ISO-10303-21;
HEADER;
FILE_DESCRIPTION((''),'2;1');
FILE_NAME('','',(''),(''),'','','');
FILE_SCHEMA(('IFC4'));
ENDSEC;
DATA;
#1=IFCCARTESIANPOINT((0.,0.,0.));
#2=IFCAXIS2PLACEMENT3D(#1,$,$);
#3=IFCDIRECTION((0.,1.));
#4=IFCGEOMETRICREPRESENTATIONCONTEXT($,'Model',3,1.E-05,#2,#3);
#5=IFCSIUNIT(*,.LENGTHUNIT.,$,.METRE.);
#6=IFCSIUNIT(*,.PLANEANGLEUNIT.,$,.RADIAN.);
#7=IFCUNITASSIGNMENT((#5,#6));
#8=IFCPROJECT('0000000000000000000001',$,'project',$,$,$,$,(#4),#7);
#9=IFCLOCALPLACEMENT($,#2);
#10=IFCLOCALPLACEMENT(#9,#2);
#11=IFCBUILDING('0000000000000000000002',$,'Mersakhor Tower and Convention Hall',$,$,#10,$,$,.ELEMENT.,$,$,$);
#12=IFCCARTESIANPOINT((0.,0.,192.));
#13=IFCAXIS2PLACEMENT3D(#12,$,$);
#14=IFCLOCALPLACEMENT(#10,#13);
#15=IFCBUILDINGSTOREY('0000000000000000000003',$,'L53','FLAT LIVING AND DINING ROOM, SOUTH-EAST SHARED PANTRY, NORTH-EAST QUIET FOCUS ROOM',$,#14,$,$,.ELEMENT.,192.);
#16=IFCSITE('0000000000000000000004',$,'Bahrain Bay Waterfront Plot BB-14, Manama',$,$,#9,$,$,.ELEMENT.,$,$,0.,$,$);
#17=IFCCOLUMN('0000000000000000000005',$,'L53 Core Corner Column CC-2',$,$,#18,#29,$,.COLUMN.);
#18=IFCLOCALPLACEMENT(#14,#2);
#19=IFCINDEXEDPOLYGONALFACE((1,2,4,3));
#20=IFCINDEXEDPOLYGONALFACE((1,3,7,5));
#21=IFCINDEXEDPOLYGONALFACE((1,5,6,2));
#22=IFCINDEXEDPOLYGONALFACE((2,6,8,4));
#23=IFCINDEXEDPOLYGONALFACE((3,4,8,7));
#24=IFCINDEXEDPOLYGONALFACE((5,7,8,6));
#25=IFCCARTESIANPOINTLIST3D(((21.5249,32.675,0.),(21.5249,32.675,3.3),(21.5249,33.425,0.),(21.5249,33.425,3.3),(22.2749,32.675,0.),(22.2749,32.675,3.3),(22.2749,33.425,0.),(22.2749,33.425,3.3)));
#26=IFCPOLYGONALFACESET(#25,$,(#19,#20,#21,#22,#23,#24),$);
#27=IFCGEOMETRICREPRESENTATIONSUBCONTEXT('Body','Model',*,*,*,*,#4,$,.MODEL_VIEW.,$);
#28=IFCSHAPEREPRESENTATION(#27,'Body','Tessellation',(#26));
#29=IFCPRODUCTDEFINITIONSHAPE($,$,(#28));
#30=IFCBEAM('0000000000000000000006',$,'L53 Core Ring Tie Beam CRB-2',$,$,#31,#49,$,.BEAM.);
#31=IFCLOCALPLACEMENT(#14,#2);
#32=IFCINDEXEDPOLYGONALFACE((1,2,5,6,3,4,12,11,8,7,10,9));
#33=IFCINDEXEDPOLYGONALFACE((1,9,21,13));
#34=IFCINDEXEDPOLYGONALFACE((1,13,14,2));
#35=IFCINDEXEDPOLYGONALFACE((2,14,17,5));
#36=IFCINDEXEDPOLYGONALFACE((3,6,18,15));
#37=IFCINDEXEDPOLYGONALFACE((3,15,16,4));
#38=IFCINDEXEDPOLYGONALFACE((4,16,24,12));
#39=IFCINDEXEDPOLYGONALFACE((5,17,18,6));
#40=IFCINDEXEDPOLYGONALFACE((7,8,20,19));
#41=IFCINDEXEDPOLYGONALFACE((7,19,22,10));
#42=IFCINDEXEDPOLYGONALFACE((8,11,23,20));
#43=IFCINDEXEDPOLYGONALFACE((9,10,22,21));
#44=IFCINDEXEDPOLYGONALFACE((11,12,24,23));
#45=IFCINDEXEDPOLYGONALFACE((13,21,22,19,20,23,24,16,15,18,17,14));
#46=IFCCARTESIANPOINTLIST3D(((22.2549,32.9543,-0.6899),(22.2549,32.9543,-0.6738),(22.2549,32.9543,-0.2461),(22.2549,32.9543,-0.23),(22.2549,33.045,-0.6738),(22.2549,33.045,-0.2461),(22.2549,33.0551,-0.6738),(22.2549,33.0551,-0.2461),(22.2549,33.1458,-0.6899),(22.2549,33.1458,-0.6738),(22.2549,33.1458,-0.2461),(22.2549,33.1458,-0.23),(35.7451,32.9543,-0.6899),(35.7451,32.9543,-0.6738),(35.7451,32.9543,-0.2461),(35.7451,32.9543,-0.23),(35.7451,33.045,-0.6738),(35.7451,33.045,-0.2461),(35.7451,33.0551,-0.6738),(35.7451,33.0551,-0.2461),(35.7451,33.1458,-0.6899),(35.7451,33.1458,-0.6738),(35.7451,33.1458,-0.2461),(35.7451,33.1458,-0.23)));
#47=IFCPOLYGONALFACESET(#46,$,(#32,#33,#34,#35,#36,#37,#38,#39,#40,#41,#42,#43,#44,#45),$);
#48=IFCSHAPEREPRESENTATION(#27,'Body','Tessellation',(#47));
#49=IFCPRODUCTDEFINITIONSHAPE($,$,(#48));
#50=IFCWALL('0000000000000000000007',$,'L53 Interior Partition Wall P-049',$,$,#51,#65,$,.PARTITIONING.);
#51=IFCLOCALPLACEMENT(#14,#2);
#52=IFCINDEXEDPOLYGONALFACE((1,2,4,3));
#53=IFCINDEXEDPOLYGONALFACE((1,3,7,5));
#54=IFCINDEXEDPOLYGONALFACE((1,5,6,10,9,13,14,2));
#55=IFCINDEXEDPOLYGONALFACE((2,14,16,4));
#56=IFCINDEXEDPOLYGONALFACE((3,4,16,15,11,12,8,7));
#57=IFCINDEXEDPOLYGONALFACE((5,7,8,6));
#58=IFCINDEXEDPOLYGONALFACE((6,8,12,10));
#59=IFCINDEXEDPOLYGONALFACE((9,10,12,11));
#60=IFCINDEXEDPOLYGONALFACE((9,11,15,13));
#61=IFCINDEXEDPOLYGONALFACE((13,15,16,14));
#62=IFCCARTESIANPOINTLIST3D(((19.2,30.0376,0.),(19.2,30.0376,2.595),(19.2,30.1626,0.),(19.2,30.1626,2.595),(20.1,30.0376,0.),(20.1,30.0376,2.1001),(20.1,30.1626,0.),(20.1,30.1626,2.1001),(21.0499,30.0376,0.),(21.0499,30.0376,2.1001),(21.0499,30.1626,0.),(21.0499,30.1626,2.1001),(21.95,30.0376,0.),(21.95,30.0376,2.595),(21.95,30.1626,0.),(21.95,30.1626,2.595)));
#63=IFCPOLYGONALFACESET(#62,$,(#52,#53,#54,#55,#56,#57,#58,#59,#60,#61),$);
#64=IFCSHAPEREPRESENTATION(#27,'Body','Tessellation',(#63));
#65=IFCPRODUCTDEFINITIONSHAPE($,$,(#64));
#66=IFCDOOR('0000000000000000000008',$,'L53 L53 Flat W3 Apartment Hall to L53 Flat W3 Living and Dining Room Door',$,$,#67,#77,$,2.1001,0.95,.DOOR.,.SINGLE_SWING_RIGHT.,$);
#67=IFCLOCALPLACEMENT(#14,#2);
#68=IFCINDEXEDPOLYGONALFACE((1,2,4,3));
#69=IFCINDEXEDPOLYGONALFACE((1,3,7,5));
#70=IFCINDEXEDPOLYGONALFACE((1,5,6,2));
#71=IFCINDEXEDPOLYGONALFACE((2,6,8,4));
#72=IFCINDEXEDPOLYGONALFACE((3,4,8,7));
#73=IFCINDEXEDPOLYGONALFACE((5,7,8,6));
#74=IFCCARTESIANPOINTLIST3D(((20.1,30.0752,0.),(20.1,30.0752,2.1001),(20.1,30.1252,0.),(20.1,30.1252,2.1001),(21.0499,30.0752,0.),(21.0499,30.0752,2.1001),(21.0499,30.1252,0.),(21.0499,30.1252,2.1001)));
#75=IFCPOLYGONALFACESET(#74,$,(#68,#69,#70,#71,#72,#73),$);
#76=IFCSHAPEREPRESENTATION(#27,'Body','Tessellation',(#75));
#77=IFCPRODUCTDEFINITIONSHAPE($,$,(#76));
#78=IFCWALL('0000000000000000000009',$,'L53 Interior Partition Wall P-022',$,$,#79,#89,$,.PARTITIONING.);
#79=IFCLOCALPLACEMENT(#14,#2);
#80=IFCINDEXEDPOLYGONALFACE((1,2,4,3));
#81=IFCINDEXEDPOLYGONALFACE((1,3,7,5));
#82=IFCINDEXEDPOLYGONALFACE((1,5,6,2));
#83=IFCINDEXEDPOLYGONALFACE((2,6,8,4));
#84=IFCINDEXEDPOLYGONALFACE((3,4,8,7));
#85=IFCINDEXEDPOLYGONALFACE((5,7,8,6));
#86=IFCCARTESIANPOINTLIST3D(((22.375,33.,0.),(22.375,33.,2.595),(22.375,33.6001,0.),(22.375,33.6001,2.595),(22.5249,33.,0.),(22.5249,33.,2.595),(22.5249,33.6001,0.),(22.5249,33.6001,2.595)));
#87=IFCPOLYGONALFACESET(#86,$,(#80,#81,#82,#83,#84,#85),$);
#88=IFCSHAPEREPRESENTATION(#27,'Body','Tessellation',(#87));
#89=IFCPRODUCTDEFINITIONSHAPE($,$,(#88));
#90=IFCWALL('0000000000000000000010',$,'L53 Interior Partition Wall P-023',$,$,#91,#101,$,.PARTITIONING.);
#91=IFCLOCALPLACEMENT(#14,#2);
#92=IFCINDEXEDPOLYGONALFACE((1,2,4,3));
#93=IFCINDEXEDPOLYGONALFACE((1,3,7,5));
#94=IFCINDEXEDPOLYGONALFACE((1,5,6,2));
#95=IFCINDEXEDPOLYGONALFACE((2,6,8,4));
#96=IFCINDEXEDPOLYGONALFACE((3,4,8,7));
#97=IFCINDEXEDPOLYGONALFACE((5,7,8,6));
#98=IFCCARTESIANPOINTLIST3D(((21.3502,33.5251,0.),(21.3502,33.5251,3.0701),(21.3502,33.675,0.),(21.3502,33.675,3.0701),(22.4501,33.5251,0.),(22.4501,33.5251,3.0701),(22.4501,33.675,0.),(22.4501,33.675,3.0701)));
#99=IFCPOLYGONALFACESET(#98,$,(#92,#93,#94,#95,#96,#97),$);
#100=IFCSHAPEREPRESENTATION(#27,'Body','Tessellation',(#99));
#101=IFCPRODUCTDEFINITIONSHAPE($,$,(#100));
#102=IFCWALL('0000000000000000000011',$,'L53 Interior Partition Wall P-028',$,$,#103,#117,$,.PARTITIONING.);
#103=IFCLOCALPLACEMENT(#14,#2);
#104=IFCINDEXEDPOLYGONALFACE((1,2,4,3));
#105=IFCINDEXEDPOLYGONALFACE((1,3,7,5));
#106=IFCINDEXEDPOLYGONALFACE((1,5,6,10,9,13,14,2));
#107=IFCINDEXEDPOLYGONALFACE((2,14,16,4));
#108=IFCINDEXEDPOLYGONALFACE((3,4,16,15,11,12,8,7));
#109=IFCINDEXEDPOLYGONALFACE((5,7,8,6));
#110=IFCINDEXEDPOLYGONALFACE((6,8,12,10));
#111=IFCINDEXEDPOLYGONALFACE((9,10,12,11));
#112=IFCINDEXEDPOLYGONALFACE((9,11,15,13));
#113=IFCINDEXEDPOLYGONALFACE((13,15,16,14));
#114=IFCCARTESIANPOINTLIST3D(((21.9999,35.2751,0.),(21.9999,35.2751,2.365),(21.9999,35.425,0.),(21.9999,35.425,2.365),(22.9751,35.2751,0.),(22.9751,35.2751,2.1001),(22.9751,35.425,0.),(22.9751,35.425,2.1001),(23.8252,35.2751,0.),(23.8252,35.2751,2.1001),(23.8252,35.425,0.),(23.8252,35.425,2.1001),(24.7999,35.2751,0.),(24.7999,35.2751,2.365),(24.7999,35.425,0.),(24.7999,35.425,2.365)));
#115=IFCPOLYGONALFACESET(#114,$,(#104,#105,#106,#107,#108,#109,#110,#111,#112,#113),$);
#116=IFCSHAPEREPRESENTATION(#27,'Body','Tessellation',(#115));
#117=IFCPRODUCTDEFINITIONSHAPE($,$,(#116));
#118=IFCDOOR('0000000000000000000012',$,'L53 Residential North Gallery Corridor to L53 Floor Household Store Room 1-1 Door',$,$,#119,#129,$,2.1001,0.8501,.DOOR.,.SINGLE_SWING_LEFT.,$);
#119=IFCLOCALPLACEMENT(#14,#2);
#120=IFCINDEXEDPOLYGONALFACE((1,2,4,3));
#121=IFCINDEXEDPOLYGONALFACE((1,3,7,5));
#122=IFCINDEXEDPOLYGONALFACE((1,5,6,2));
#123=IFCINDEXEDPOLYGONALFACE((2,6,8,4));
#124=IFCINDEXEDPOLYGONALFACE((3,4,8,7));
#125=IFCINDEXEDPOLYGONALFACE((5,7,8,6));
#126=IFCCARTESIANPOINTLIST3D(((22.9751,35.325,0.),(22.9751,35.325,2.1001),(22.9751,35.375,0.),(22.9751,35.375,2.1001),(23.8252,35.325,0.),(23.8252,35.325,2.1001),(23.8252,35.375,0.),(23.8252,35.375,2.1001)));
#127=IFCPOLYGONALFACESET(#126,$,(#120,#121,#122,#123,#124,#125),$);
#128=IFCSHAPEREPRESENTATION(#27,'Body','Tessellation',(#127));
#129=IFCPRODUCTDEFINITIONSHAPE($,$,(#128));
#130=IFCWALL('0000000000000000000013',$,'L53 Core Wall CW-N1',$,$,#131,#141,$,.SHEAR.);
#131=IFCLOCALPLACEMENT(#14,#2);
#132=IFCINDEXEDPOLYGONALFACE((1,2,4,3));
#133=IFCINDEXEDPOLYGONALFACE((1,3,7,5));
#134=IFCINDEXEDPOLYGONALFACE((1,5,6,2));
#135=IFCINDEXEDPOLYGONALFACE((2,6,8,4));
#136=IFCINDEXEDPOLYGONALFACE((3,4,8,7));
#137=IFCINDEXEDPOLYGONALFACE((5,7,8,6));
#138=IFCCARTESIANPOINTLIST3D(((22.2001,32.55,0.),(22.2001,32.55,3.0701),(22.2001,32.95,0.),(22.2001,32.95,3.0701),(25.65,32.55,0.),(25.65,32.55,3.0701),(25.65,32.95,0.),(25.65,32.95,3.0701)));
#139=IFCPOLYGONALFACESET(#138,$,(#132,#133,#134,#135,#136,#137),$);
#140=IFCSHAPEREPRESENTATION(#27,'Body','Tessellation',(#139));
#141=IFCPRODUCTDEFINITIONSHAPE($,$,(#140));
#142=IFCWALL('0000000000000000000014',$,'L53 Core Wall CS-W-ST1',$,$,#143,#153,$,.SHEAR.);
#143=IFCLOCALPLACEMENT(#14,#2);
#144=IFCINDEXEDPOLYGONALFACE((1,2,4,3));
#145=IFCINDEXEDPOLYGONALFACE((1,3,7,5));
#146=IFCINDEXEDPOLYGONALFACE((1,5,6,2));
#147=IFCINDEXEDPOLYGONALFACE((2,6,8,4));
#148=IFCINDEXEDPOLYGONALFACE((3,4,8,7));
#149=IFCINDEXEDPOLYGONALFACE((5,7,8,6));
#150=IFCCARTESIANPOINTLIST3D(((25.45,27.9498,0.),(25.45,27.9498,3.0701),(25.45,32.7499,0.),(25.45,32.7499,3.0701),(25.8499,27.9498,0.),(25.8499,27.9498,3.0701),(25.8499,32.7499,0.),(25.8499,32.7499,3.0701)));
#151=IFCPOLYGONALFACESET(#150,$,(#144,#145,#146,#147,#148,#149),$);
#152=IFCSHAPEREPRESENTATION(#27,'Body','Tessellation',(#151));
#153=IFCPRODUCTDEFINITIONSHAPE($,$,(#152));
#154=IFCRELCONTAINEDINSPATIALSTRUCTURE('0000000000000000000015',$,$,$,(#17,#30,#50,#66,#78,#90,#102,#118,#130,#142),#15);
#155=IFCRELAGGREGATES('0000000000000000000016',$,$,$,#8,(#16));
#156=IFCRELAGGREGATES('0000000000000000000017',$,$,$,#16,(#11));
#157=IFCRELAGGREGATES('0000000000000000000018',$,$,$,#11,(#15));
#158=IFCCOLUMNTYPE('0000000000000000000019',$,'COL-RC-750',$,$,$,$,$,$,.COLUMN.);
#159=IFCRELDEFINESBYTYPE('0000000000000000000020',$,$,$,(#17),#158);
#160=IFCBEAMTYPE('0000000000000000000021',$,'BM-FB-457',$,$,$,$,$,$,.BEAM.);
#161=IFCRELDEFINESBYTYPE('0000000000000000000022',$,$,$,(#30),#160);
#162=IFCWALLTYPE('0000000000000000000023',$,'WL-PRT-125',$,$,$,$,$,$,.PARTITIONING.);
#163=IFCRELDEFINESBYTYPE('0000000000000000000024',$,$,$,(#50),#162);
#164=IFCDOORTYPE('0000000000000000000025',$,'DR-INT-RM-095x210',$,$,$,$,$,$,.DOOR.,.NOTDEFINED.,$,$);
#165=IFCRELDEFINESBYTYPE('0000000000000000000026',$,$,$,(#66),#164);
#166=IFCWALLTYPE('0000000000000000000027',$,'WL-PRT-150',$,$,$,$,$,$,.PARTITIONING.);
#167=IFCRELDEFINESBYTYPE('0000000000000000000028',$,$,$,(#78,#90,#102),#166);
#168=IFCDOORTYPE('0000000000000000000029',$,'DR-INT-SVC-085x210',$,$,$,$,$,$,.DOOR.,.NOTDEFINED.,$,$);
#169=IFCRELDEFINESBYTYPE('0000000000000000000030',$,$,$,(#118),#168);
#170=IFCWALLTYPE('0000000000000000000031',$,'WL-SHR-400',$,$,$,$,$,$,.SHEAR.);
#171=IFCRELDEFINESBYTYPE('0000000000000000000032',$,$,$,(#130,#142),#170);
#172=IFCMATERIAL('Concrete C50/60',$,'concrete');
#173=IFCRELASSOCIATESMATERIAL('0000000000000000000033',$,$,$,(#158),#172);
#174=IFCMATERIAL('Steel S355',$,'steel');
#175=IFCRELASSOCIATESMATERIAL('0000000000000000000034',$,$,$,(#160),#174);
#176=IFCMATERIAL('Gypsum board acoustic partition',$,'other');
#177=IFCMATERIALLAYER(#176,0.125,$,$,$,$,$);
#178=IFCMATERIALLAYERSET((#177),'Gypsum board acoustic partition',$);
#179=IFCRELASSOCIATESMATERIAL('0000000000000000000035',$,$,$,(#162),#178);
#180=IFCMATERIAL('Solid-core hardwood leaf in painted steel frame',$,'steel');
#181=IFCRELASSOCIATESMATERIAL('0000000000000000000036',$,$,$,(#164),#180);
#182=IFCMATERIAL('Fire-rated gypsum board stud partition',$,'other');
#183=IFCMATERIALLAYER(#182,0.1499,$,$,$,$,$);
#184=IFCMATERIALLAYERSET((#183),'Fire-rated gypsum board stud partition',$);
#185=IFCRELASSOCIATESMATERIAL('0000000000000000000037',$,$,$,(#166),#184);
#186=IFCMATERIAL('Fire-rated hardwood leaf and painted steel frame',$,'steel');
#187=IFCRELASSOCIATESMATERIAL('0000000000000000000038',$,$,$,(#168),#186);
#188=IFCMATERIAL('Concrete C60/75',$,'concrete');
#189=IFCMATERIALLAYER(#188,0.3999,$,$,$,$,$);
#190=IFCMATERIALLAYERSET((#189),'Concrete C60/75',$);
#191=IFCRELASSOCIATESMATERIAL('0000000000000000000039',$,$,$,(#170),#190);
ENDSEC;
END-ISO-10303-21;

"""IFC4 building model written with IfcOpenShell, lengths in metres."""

from ifc_helpers import new_model, si_unit, direction, frame, frame_2d, origin, origin_2d, place, context, subcontext, project, spatial, rectangle, i_section, extrude, material, layer, layer_set, material_profile, profile_set, type_object, element, fill, save


model = new_model("IFC4")

# Units and contexts
model_context = context("Model", 3, precision=1e-05, world=origin(), true_north=direction((0.0, 1.0)))
body_context = subcontext(model_context, "Body", "Model", "MODEL_VIEW")
ifc_project = project(units=[si_unit("LENGTHUNIT", "METRE"), si_unit("PLANEANGLEUNIT", "RADIAN")], contexts=[model_context])

# Site, building, storey
site_placement = place(None, origin())
site = spatial("IfcSite", under=ifc_project, at=site_placement, Name="Bahrain Bay Waterfront Plot BB-14, Manama", CompositionType="ELEMENT", RefElevation=0.0)
building_placement = place(site_placement, origin())
building = spatial("IfcBuilding", under=site, at=building_placement, Name="Mersakhor Tower and Convention Hall", CompositionType="ELEMENT")
storey_placement = place(building_placement, frame((0.0, 0.0, 192.0)))
storey = spatial("IfcBuildingStorey", under=building, at=storey_placement, Name="L53", Description="FLAT LIVING AND DINING ROOM, SOUTH-EAST SHARED PANTRY, NORTH-EAST QUIET FOCUS ROOM", CompositionType="ELEMENT", Elevation=192.0)

# Column
ifc_material_1 = material(Name="Concrete C50/60", Category="concrete")
ifc_material_profile_1 = material_profile(ifc_material_1, rectangle(XDim=0.75, YDim=0.75, at=origin_2d()), Name="RC 750x750")
ifc_profile_set_1 = profile_set([ifc_material_profile_1], Name="Concrete C50/60")
column_type = type_object("IfcColumnType", Name="COL-RC-750", PredefinedType="COLUMN", material=ifc_profile_set_1)
column_placement = place(storey_placement, frame((21.8999, 33.05, 0.0), z_axis=(0.0, 0.0, 1.0), x_axis=(1.0, 0.0, 0.0)))
element("IfcColumn", 1, at=column_placement, inside=storey, type_object=column_type, Name="L53 Core Corner Column CC-2", PredefinedType="COLUMN", context=body_context, shape_type="SweptSolid", body=[
    extrude(rectangle(XDim=0.75, YDim=0.75, at=origin_2d()), origin(), (0.0, 0.0, 1.0), 3.3),
])

# Beam
ifc_material_2 = material(Name="Steel S355", Category="steel")
ifc_material_profile_2 = material_profile(ifc_material_2, i_section(OverallWidth=0.1914, OverallDepth=0.46, WebThickness=0.01, FlangeThickness=0.0161, at=origin_2d()), Name="UB 457x191x82")
ifc_profile_set_2 = profile_set([ifc_material_profile_2], Name="Steel S355")
beam_type = type_object("IfcBeamType", Name="BM-FB-457", PredefinedType="BEAM", material=ifc_profile_set_2)
beam_placement = place(storey_placement, frame((22.2549, 33.05, -0.46), z_axis=(1.0, 0.0, 0.0), x_axis=(0.0, 1.0, 0.0)))
element("IfcBeam", 2, at=beam_placement, inside=storey, type_object=beam_type, Name="L53 Core Ring Tie Beam CRB-2", PredefinedType="BEAM", context=body_context, shape_type="SweptSolid", body=[
    extrude(i_section(OverallWidth=0.1914, OverallDepth=0.46, WebThickness=0.01, FlangeThickness=0.0161, at=origin_2d()), origin(), (0.0, 0.0, 1.0), 13.4902),
])

# Wall, opening, door
ifc_material_3 = material(Name="Gypsum board acoustic partition", Category="other")
ifc_layer_1 = layer(ifc_material_3, 0.125)
ifc_layer_set_1 = layer_set([ifc_layer_1], Name="Gypsum board acoustic partition")
wall_type_1 = type_object("IfcWallType", Name="WL-PRT-125", PredefinedType="PARTITIONING", material=ifc_layer_set_1)
wall_1_placement = place(storey_placement, frame((21.95, 30.1001, 0.0), z_axis=(0.0, 0.0, 1.0), x_axis=(-1.0, 0.0, 0.0)))
wall_1 = element("IfcWall", 3, at=wall_1_placement, inside=storey, type_object=wall_type_1, Name="L53 Interior Partition Wall P-049", PredefinedType="PARTITIONING", context=body_context, shape_type="SweptSolid", body=[
    extrude(rectangle(XDim=2.75, YDim=0.125, at=frame_2d((1.375, 0.0))), origin(), (0.0, 0.0, 1.0), 2.595),
])
opening_1_placement = place(wall_1_placement, frame((0.8999, 0.0, 0.0)))
opening_1 = element("IfcOpeningElement", 4, at=opening_1_placement, cuts=wall_1, PredefinedType="OPENING", context=body_context, shape_type="SweptSolid", body=[
    extrude(rectangle(XDim=0.95, YDim=2.1001, at=frame_2d((0.4751, 1.05))), frame((0.0, 0.0725, 0.0), z_axis=(0.0, -1.0, 0.0), x_axis=(1.0, 0.0, 0.0)), (0.0, 0.0, 1.0), 0.145),
])
ifc_material_4 = material(Name="Solid-core hardwood leaf in painted steel frame", Category="steel")
door_type_1 = type_object("IfcDoorType", Name="DR-INT-RM-095x210", OperationType="NOTDEFINED", PredefinedType="DOOR", material=ifc_material_4)
door_1_placement = place(opening_1_placement, origin())
door_1 = element("IfcDoor", 5, at=door_1_placement, inside=storey, type_object=door_type_1, Name="L53 L53 Flat W3 Apartment Hall to L53 Flat W3 Living and Dining Room Door", OperationType="SINGLE_SWING_RIGHT", OverallHeight=2.1001, OverallWidth=0.95, PredefinedType="DOOR", context=body_context, shape_type="SweptSolid", body=[
    extrude(rectangle(XDim=0.95, YDim=2.1001, at=frame_2d((0.4751, 1.05))), frame((0.0, 0.0249, 0.0), z_axis=(0.0, -1.0, 0.0), x_axis=(1.0, 0.0, 0.0)), (0.0, 0.0, 1.0), 0.05),
])
fill(opening_1, door_1)

# Walls
ifc_material_5 = material(Name="Fire-rated gypsum board stud partition", Category="other")
ifc_layer_2 = layer(ifc_material_5, 0.1499)
ifc_layer_set_2 = layer_set([ifc_layer_2], Name="Fire-rated gypsum board stud partition")
wall_type_2 = type_object("IfcWallType", Name="WL-PRT-150", PredefinedType="PARTITIONING", material=ifc_layer_set_2)
wall_2_placement = place(storey_placement, frame((22.45, 33.0, 0.0), z_axis=(0.0, 0.0, 1.0), x_axis=(0.0, 1.0, 0.0)))
element("IfcWall", 6, at=wall_2_placement, inside=storey, type_object=wall_type_2, Name="L53 Interior Partition Wall P-022", PredefinedType="PARTITIONING", context=body_context, shape_type="SweptSolid", body=[
    extrude(rectangle(XDim=0.6001, YDim=0.1499, at=frame_2d((0.3, 0.0))), origin(), (0.0, 0.0, 1.0), 2.595),
])
wall_3_placement = place(storey_placement, frame((22.45, 33.6001, 0.0), z_axis=(0.0, 0.0, 1.0), x_axis=(-1.0, 0.0, 0.0)))
element("IfcWall", 7, at=wall_3_placement, inside=storey, type_object=wall_type_2, Name="L53 Interior Partition Wall P-023", PredefinedType="PARTITIONING", context=body_context, shape_type="SweptSolid", body=[
    extrude(rectangle(XDim=1.0999, YDim=0.1499, at=frame_2d((0.5498, 0.0))), origin(), (0.0, 0.0, 1.0), 3.0701),
])

# Wall, opening, door
wall_4_placement = place(storey_placement, frame((22.0, 35.3501, 0.0), z_axis=(0.0, 0.0, 1.0), x_axis=(1.0, 0.0, 0.0)))
wall_4 = element("IfcWall", 8, at=wall_4_placement, inside=storey, type_object=wall_type_2, Name="L53 Interior Partition Wall P-028", PredefinedType="PARTITIONING", context=body_context, shape_type="SweptSolid", body=[
    extrude(rectangle(XDim=2.8, YDim=0.1499, at=frame_2d((1.3999, 0.0))), origin(), (0.0, 0.0, 1.0), 2.365),
])
opening_2_placement = place(wall_4_placement, frame((0.9751, 0.0, 0.0)))
opening_2 = element("IfcOpeningElement", 9, at=opening_2_placement, cuts=wall_4, PredefinedType="OPENING", context=body_context, shape_type="SweptSolid", body=[
    extrude(rectangle(XDim=0.8501, YDim=2.1001, at=frame_2d((0.425, 1.05))), frame((0.0, 0.085, 0.0), z_axis=(0.0, -1.0, 0.0), x_axis=(1.0, 0.0, 0.0)), (0.0, 0.0, 1.0), 0.1699),
])
ifc_material_6 = material(Name="Fire-rated hardwood leaf and painted steel frame", Category="steel")
door_type_2 = type_object("IfcDoorType", Name="DR-INT-SVC-085x210", OperationType="NOTDEFINED", PredefinedType="DOOR", material=ifc_material_6)
door_2_placement = place(opening_2_placement, origin())
door_2 = element("IfcDoor", 10, at=door_2_placement, inside=storey, type_object=door_type_2, Name="L53 Residential North Gallery Corridor to L53 Floor Household Store Room 1-1 Door", OperationType="SINGLE_SWING_LEFT", OverallHeight=2.1001, OverallWidth=0.8501, PredefinedType="DOOR", context=body_context, shape_type="SweptSolid", body=[
    extrude(rectangle(XDim=0.8501, YDim=2.1001, at=frame_2d((0.425, 1.05))), frame((0.0, 0.0249, 0.0), z_axis=(0.0, -1.0, 0.0), x_axis=(1.0, 0.0, 0.0)), (0.0, 0.0, 1.0), 0.05),
])
fill(opening_2, door_2)

# Wall
ifc_material_7 = material(Name="Concrete C60/75", Category="concrete")
ifc_layer_3 = layer(ifc_material_7, 0.3999)
ifc_layer_set_3 = layer_set([ifc_layer_3], Name="Concrete C60/75")
wall_type_3 = type_object("IfcWallType", Name="WL-SHR-400", PredefinedType="SHEAR", material=ifc_layer_set_3)
wall_5_placement = place(storey_placement, frame((22.2, 32.75, 0.0), z_axis=(0.0, 0.0, 1.0), x_axis=(1.0, 0.0, 0.0)))
element("IfcWall", 11, at=wall_5_placement, inside=storey, type_object=wall_type_3, Name="L53 Core Wall CW-N1", PredefinedType="SHEAR", context=body_context, shape_type="SweptSolid", body=[
    extrude(rectangle(XDim=3.45, YDim=0.3999, at=frame_2d((1.7251, 0.0))), origin(), (0.0, 0.0, 1.0), 3.0701),
])

# Wall
wall_6_placement = place(storey_placement, frame((25.6499, 27.95, 0.0), z_axis=(0.0, 0.0, 1.0), x_axis=(0.0, 1.0, 0.0)))
element("IfcWall", 12, at=wall_6_placement, inside=storey, type_object=wall_type_3, Name="L53 Core Wall CS-W-ST1", PredefinedType="SHEAR", context=body_context, shape_type="SweptSolid", body=[
    extrude(rectangle(XDim=4.8, YDim=0.3999, at=frame_2d((2.3999, 0.0))), origin(), (0.0, 0.0, 1.0), 3.0701),
])

save(model, "model.ifc")
